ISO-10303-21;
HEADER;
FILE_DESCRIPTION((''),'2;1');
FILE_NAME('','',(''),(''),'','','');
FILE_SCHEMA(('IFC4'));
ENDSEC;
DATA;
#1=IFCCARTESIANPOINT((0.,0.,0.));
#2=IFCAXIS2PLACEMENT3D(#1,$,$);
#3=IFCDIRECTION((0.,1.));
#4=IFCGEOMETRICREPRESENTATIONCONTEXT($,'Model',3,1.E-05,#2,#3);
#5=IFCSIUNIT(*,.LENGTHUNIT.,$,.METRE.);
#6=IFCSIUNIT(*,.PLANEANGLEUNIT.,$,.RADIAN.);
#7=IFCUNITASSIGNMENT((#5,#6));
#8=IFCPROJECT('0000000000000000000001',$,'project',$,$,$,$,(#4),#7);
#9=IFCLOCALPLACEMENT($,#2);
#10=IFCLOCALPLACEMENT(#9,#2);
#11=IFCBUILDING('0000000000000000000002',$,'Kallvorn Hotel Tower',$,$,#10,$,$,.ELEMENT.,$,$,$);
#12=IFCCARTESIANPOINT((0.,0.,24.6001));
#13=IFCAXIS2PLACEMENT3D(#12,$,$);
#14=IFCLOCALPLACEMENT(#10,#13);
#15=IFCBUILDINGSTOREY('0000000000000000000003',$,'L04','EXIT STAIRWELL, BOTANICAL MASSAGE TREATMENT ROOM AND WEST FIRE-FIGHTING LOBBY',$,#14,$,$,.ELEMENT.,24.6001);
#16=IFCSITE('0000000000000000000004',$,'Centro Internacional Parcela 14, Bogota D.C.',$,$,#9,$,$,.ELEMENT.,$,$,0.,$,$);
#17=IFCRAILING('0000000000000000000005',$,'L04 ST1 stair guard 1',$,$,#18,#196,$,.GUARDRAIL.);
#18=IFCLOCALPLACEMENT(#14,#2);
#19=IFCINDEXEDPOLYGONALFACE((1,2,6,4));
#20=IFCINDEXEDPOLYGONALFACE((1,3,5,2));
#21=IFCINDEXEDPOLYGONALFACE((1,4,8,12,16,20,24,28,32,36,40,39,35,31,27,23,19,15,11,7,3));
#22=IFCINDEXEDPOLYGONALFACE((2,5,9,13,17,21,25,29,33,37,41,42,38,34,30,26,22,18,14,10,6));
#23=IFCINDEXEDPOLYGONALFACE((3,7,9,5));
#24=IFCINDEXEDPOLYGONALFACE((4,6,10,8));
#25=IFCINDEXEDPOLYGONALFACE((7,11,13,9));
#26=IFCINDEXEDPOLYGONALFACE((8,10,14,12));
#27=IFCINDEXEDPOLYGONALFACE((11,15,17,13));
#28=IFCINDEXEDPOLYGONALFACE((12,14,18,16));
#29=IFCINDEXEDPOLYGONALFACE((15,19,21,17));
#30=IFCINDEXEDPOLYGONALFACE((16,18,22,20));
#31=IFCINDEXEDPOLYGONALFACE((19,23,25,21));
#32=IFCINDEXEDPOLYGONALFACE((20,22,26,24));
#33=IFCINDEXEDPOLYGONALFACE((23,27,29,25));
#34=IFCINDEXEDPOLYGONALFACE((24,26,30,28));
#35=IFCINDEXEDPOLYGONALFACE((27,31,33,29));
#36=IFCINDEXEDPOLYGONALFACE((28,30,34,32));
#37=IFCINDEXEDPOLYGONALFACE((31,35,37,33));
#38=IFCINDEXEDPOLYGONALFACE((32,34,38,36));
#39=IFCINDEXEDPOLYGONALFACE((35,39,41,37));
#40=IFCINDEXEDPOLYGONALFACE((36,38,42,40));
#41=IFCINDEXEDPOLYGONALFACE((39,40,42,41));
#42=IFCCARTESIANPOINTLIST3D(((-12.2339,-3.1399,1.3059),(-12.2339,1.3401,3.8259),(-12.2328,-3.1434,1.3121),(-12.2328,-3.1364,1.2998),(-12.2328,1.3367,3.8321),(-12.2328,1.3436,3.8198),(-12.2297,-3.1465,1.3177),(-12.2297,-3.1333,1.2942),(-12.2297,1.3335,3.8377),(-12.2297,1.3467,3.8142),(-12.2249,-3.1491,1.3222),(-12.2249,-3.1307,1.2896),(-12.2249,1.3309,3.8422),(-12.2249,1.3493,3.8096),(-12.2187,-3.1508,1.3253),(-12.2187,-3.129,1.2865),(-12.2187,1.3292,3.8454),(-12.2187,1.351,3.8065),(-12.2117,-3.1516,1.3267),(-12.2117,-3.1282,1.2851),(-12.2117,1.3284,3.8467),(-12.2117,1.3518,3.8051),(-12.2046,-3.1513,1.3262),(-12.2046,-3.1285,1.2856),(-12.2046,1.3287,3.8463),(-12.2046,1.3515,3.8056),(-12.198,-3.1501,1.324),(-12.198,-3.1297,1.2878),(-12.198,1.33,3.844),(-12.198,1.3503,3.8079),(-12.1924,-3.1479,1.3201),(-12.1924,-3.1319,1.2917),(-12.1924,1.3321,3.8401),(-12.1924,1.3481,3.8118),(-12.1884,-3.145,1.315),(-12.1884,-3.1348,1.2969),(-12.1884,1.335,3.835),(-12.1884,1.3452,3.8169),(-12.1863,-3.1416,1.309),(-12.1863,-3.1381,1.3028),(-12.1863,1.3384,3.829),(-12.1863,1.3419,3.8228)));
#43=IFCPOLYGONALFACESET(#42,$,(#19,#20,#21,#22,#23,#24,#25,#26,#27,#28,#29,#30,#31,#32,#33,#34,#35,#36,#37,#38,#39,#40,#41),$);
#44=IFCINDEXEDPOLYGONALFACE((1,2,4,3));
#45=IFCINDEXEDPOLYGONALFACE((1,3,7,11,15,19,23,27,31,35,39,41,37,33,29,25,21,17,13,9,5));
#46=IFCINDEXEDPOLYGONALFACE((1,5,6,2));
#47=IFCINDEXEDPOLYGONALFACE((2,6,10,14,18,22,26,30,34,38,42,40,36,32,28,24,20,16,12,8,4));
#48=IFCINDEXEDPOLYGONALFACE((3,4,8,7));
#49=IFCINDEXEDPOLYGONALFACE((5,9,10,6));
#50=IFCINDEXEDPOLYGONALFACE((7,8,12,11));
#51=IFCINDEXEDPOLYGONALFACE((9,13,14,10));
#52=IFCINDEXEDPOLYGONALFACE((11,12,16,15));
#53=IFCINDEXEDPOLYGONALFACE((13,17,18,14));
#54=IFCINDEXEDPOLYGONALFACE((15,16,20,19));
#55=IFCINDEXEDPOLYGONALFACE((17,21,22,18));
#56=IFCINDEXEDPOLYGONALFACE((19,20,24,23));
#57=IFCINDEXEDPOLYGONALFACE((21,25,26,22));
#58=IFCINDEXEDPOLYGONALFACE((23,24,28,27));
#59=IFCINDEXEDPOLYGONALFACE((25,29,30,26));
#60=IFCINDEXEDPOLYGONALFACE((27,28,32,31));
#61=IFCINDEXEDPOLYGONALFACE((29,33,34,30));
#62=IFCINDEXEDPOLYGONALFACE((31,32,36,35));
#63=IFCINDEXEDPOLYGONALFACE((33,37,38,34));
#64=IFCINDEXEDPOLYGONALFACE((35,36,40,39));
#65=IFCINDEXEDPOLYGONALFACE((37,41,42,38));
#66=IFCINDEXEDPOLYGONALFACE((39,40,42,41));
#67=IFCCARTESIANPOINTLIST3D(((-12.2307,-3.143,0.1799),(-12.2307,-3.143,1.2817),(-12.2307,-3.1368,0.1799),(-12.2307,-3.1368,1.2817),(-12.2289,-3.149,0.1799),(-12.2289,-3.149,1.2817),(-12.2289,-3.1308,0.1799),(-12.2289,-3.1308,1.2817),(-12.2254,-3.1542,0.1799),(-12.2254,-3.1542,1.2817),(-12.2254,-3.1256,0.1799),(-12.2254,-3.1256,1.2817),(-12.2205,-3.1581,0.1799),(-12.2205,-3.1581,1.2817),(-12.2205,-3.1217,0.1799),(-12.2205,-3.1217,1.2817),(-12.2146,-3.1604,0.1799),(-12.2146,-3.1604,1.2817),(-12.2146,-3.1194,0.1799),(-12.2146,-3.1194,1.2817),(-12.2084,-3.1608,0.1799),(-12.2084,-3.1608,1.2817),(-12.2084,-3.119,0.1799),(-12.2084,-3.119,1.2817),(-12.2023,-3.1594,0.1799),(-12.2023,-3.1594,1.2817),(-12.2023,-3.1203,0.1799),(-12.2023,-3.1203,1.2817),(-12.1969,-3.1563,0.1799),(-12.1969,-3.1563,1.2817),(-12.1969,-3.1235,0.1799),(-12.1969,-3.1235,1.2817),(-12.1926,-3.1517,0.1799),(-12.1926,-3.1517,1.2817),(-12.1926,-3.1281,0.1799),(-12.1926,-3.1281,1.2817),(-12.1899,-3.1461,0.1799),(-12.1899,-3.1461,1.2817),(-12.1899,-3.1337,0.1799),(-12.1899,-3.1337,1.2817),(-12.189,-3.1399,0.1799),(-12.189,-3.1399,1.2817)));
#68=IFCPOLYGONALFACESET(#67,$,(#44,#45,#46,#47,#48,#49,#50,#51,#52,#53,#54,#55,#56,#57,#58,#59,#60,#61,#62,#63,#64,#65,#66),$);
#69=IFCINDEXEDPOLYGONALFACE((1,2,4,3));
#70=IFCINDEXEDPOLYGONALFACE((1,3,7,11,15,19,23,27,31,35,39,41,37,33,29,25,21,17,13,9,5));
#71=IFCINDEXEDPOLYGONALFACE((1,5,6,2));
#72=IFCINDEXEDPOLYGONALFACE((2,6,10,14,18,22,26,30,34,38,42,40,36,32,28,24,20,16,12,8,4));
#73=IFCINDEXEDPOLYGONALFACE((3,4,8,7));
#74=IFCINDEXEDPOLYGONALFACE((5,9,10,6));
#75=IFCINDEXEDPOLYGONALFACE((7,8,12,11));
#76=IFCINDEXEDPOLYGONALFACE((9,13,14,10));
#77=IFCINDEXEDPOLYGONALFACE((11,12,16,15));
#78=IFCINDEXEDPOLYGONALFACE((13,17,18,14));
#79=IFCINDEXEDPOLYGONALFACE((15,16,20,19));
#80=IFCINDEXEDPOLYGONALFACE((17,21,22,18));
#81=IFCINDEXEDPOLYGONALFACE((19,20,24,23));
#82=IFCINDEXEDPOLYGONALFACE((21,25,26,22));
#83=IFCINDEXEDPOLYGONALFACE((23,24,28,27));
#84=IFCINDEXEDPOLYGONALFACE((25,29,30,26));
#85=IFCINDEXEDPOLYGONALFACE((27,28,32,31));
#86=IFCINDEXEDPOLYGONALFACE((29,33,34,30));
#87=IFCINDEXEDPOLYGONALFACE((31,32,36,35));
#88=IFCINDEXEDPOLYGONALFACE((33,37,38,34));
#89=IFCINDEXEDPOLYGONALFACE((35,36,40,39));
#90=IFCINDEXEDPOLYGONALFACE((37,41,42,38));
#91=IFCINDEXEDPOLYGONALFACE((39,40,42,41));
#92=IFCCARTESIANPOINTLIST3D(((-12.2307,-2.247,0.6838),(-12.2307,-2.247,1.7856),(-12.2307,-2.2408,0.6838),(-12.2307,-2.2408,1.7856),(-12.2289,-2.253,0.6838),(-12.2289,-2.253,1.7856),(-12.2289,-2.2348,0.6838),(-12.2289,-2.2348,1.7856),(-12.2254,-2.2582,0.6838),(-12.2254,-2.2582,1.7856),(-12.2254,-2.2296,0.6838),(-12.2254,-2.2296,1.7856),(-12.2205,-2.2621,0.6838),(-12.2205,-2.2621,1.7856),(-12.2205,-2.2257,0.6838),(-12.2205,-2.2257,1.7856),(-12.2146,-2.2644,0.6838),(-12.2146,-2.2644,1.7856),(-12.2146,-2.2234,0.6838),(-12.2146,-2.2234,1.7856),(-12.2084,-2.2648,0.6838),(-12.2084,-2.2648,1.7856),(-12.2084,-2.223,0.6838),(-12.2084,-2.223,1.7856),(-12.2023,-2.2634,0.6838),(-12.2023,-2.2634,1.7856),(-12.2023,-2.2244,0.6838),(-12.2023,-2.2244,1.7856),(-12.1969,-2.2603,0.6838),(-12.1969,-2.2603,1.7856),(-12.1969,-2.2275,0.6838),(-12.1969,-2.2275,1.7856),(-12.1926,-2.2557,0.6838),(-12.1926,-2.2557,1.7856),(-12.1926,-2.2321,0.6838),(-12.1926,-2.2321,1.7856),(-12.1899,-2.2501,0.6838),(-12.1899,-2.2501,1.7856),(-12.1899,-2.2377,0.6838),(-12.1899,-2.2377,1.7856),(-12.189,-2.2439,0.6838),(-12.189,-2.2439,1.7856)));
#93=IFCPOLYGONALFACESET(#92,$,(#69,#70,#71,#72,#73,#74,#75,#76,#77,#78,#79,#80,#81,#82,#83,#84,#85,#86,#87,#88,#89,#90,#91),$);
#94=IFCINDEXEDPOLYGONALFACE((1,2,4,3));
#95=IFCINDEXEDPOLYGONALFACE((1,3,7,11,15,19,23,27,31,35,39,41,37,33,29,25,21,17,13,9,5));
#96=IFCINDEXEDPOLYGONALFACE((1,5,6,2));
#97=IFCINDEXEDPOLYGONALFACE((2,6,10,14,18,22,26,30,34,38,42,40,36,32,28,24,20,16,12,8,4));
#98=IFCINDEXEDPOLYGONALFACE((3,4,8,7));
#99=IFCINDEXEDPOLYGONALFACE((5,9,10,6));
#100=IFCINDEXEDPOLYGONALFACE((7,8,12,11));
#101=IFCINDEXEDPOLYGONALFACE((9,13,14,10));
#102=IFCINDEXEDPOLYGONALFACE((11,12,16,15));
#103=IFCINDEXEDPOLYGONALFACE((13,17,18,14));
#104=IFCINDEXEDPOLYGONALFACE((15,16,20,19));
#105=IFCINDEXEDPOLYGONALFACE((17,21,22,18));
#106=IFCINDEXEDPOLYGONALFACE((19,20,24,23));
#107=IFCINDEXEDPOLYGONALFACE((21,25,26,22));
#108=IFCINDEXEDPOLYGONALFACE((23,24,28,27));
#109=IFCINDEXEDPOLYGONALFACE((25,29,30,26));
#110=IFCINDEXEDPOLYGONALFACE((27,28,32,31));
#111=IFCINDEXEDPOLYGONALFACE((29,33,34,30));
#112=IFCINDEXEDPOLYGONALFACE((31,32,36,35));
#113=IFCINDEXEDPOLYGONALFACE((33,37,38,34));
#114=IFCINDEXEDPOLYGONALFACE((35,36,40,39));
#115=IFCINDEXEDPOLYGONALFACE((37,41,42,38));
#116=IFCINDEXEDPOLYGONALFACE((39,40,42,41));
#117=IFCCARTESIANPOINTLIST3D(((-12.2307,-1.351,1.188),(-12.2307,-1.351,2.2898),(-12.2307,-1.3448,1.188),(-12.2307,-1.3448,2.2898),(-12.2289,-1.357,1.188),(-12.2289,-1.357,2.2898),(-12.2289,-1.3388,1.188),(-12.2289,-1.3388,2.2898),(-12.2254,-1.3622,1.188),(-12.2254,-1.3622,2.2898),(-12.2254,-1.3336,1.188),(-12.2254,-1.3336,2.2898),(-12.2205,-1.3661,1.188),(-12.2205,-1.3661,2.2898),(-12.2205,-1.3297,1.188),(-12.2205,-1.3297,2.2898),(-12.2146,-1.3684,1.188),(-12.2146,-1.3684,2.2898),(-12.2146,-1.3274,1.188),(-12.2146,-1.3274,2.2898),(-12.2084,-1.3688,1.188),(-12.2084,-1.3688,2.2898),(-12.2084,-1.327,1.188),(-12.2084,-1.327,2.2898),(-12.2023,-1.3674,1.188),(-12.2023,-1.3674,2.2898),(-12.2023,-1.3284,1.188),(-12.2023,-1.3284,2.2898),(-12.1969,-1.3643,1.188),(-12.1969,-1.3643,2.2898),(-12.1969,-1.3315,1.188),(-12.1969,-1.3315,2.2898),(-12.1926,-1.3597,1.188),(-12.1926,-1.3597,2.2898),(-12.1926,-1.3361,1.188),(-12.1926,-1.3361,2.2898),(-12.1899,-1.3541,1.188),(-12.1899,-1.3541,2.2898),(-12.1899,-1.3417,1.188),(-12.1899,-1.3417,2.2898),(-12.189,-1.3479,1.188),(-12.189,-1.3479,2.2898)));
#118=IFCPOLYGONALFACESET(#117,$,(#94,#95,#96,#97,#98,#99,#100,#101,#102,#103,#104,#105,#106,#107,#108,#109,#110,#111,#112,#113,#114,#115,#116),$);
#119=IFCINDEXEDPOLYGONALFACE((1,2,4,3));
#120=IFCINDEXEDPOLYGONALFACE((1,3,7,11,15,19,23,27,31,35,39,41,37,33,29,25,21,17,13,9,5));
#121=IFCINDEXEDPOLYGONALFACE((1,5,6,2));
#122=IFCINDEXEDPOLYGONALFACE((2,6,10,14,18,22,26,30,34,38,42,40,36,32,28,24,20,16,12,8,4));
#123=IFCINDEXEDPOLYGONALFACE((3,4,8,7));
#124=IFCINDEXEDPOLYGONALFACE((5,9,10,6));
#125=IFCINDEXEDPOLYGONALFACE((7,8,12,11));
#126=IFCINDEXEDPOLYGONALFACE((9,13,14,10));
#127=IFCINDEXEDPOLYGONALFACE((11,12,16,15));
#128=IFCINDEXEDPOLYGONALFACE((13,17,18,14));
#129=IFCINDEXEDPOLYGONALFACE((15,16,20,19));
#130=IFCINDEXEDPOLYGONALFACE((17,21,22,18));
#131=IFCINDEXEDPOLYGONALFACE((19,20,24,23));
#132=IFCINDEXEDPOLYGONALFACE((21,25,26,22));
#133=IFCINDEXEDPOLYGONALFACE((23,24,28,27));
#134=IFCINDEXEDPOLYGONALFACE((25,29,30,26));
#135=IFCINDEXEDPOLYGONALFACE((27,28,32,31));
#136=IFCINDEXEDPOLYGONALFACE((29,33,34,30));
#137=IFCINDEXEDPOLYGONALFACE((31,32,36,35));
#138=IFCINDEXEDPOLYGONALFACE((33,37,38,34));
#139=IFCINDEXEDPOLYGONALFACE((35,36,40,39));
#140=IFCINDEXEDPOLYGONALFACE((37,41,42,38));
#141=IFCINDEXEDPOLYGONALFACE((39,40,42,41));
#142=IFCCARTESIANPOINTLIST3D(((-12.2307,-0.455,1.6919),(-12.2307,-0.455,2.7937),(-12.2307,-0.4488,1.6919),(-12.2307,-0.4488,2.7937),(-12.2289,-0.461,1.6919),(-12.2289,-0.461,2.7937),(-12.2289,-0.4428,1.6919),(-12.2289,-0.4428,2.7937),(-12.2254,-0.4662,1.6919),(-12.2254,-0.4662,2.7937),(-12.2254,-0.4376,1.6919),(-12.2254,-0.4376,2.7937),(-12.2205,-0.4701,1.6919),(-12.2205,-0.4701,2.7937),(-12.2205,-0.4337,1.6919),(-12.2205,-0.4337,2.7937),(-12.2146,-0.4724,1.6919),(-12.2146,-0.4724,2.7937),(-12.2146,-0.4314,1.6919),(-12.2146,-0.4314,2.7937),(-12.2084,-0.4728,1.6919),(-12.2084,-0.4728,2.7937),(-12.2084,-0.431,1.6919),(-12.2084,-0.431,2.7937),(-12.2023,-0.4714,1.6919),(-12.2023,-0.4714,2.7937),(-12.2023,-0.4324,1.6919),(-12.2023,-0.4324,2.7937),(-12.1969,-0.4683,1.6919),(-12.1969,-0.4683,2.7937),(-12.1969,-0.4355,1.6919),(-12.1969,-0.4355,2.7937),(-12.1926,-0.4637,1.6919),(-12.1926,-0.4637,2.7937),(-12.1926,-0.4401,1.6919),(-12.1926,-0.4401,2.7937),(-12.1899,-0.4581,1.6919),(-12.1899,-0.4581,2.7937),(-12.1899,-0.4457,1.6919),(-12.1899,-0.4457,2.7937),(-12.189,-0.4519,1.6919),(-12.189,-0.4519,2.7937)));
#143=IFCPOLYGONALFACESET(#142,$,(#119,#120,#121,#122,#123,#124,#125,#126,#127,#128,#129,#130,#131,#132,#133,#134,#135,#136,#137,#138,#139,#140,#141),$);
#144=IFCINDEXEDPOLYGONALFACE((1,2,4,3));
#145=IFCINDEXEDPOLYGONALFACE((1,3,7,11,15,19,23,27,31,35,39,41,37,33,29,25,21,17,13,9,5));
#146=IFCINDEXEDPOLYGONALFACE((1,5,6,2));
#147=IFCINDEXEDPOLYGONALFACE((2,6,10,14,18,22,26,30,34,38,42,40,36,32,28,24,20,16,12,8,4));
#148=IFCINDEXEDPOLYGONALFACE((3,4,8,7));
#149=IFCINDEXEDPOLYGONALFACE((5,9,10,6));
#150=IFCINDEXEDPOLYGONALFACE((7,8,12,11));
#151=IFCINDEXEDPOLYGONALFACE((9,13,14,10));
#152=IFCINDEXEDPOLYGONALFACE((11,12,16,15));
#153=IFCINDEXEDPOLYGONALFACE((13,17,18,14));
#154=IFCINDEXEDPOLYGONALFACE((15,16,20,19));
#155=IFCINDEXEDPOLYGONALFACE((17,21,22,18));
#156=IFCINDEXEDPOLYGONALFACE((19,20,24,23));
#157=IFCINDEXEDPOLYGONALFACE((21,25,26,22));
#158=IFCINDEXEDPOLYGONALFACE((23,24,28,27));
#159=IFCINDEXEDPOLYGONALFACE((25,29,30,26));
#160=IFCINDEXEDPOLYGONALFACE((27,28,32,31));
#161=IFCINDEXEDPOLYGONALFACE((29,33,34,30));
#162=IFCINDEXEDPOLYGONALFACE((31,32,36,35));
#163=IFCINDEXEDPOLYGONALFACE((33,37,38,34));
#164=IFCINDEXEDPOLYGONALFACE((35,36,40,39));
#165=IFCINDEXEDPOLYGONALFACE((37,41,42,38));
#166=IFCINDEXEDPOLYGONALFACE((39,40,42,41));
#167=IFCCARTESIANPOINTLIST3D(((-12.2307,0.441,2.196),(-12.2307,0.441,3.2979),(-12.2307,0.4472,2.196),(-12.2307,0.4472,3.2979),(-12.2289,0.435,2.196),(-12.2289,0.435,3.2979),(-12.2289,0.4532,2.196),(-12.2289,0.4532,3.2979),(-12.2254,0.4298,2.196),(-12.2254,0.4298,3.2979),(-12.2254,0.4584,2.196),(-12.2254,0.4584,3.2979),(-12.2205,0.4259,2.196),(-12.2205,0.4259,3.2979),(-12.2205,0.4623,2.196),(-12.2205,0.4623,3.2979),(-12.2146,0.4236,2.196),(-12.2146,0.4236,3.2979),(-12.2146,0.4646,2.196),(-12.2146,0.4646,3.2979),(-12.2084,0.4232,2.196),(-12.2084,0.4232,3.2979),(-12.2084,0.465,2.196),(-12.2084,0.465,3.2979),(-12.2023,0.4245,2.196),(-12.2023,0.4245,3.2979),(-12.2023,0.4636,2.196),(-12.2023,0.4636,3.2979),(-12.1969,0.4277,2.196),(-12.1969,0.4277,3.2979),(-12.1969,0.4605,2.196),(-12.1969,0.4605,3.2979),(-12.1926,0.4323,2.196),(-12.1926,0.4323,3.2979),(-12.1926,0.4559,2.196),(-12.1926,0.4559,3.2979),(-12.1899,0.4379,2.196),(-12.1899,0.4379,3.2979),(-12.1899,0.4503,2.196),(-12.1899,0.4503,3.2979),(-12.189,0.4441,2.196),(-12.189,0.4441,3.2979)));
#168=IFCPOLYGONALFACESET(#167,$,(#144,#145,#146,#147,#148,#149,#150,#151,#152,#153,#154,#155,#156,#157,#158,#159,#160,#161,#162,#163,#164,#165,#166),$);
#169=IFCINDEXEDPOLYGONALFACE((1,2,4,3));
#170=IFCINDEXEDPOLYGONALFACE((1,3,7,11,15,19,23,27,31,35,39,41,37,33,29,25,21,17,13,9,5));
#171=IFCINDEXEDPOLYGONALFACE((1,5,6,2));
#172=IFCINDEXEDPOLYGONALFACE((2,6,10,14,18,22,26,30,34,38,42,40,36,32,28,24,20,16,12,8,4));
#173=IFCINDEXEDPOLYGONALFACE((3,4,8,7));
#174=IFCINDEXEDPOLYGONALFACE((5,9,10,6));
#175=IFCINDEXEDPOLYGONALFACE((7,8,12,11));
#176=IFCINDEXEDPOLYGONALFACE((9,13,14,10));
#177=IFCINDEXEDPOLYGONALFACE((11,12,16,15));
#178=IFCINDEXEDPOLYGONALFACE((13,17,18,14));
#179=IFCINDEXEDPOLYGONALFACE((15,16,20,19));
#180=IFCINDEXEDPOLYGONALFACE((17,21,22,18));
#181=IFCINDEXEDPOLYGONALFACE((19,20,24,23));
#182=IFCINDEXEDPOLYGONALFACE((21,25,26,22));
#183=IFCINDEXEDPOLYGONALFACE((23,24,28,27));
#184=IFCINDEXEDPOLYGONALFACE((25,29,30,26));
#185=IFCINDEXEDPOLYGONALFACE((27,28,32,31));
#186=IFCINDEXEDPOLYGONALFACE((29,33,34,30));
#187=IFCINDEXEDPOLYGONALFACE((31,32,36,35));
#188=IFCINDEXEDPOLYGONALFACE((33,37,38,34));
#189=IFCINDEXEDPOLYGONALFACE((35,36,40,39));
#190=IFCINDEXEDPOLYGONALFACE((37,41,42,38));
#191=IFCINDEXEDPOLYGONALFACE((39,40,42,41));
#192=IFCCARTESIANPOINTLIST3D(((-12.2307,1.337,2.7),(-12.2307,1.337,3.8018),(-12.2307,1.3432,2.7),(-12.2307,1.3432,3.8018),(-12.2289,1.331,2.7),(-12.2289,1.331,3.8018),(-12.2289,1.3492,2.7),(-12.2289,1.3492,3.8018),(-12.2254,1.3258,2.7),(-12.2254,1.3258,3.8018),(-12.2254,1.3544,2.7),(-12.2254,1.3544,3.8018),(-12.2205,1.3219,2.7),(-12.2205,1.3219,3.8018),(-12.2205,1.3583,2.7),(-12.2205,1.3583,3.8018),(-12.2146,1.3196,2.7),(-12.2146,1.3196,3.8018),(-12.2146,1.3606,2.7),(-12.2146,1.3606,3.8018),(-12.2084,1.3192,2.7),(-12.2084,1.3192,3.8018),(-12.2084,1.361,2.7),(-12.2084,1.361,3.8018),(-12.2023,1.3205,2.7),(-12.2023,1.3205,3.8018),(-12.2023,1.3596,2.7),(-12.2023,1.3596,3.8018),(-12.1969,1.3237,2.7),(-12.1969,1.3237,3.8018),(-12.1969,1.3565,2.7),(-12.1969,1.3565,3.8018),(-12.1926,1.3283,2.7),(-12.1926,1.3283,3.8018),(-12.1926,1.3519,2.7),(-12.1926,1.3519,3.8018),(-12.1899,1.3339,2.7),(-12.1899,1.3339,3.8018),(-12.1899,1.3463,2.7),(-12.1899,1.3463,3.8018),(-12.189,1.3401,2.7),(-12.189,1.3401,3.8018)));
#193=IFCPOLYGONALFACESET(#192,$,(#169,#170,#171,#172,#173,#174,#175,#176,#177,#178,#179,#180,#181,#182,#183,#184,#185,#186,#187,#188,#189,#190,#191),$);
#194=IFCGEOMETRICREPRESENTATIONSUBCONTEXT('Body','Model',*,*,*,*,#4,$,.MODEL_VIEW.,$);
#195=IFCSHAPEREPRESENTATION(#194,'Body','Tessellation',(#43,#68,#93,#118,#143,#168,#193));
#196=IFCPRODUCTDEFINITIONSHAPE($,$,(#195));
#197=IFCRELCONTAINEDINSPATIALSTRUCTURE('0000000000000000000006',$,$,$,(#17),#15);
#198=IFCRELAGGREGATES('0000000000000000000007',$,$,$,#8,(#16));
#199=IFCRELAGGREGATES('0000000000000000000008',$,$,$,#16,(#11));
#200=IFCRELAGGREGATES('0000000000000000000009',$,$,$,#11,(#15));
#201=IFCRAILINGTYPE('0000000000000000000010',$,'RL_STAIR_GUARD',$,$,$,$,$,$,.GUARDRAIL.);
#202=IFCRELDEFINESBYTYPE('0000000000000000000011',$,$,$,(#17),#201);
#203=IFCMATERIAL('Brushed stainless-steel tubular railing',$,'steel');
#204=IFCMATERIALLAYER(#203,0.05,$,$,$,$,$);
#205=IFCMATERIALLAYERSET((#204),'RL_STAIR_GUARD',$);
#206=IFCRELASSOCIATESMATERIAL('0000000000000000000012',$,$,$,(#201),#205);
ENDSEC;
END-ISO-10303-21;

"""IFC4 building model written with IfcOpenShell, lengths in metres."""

from ifc_helpers import new_model, si_unit, direction, frame, origin, origin_2d, place, context, subcontext, project, spatial, circle, extrude, material, layer, layer_set, type_object, element, save


model = new_model("IFC4")

# Units and contexts
model_context = context("Model", 3, precision=1e-05, world=origin(), true_north=direction((0.0, 1.0)))
body_context = subcontext(model_context, "Body", "Model", "MODEL_VIEW")
ifc_project = project(units=[si_unit("LENGTHUNIT", "METRE"), si_unit("PLANEANGLEUNIT", "RADIAN")], contexts=[model_context])

# Site, building, storey
site_placement = place(None, origin())
site = spatial("IfcSite", under=ifc_project, at=site_placement, Name="Centro Internacional Parcela 14, Bogota D.C.", CompositionType="ELEMENT", RefElevation=0.0)
building_placement = place(site_placement, origin())
building = spatial("IfcBuilding", under=site, at=building_placement, Name="Kallvorn Hotel Tower", CompositionType="ELEMENT")
storey_placement = place(building_placement, frame((0.0, 0.0, 24.6001)))
storey = spatial("IfcBuildingStorey", under=building, at=storey_placement, Name="L04", Description="EXIT STAIRWELL, BOTANICAL MASSAGE TREATMENT ROOM AND WEST FIRE-FIGHTING LOBBY", CompositionType="ELEMENT", Elevation=24.6001)

# Railing
ifc_material_1 = material(Name="Brushed stainless-steel tubular railing", Category="steel")
ifc_layer_1 = layer(ifc_material_1, 0.05)
ifc_layer_set_1 = layer_set([ifc_layer_1], Name="RL_STAIR_GUARD")
railing_type_1 = type_object("IfcRailingType", Name="RL_STAIR_GUARD", PredefinedType="GUARDRAIL", material=ifc_layer_set_1)
railing_1_placement = place(storey_placement, frame((-12.21, -3.1399, 0.1799)))
element("IfcRailing", 1, at=railing_1_placement, inside=storey, type_object=railing_type_1, Name="L04 ST1 stair guard 1", PredefinedType="GUARDRAIL", context=body_context, shape_type="SweptSolid", body=[
    extrude(circle(Radius=0.0239, at=origin_2d()), frame((0.0, 0.0, 1.126), z_axis=(0.0, 0.871573, 0.490266), x_axis=(-1.0, 0.0, 0.0)), (0.0, 0.0, 1.0), 5.1401),
    extrude(circle(Radius=0.021, at=origin_2d()), origin(), (0.0, 0.0, 1.0), 1.1018),
    extrude(circle(Radius=0.021, at=origin_2d()), frame((0.0, 0.896, 0.5039)), (0.0, 0.0, 1.0), 1.1018),
    extrude(circle(Radius=0.021, at=origin_2d()), frame((0.0, 1.792, 1.0081)), (0.0, 0.0, 1.0), 1.1018),
    extrude(circle(Radius=0.021, at=origin_2d()), frame((0.0, 2.688, 1.512)), (0.0, 0.0, 1.0), 1.1018),
    extrude(circle(Radius=0.021, at=origin_2d()), frame((0.0, 3.584, 2.0161)), (0.0, 0.0, 1.0), 1.1018),
    extrude(circle(Radius=0.021, at=origin_2d()), frame((0.0, 4.48, 2.52)), (0.0, 0.0, 1.0), 1.1018),
])

save(model, "model.ifc")
